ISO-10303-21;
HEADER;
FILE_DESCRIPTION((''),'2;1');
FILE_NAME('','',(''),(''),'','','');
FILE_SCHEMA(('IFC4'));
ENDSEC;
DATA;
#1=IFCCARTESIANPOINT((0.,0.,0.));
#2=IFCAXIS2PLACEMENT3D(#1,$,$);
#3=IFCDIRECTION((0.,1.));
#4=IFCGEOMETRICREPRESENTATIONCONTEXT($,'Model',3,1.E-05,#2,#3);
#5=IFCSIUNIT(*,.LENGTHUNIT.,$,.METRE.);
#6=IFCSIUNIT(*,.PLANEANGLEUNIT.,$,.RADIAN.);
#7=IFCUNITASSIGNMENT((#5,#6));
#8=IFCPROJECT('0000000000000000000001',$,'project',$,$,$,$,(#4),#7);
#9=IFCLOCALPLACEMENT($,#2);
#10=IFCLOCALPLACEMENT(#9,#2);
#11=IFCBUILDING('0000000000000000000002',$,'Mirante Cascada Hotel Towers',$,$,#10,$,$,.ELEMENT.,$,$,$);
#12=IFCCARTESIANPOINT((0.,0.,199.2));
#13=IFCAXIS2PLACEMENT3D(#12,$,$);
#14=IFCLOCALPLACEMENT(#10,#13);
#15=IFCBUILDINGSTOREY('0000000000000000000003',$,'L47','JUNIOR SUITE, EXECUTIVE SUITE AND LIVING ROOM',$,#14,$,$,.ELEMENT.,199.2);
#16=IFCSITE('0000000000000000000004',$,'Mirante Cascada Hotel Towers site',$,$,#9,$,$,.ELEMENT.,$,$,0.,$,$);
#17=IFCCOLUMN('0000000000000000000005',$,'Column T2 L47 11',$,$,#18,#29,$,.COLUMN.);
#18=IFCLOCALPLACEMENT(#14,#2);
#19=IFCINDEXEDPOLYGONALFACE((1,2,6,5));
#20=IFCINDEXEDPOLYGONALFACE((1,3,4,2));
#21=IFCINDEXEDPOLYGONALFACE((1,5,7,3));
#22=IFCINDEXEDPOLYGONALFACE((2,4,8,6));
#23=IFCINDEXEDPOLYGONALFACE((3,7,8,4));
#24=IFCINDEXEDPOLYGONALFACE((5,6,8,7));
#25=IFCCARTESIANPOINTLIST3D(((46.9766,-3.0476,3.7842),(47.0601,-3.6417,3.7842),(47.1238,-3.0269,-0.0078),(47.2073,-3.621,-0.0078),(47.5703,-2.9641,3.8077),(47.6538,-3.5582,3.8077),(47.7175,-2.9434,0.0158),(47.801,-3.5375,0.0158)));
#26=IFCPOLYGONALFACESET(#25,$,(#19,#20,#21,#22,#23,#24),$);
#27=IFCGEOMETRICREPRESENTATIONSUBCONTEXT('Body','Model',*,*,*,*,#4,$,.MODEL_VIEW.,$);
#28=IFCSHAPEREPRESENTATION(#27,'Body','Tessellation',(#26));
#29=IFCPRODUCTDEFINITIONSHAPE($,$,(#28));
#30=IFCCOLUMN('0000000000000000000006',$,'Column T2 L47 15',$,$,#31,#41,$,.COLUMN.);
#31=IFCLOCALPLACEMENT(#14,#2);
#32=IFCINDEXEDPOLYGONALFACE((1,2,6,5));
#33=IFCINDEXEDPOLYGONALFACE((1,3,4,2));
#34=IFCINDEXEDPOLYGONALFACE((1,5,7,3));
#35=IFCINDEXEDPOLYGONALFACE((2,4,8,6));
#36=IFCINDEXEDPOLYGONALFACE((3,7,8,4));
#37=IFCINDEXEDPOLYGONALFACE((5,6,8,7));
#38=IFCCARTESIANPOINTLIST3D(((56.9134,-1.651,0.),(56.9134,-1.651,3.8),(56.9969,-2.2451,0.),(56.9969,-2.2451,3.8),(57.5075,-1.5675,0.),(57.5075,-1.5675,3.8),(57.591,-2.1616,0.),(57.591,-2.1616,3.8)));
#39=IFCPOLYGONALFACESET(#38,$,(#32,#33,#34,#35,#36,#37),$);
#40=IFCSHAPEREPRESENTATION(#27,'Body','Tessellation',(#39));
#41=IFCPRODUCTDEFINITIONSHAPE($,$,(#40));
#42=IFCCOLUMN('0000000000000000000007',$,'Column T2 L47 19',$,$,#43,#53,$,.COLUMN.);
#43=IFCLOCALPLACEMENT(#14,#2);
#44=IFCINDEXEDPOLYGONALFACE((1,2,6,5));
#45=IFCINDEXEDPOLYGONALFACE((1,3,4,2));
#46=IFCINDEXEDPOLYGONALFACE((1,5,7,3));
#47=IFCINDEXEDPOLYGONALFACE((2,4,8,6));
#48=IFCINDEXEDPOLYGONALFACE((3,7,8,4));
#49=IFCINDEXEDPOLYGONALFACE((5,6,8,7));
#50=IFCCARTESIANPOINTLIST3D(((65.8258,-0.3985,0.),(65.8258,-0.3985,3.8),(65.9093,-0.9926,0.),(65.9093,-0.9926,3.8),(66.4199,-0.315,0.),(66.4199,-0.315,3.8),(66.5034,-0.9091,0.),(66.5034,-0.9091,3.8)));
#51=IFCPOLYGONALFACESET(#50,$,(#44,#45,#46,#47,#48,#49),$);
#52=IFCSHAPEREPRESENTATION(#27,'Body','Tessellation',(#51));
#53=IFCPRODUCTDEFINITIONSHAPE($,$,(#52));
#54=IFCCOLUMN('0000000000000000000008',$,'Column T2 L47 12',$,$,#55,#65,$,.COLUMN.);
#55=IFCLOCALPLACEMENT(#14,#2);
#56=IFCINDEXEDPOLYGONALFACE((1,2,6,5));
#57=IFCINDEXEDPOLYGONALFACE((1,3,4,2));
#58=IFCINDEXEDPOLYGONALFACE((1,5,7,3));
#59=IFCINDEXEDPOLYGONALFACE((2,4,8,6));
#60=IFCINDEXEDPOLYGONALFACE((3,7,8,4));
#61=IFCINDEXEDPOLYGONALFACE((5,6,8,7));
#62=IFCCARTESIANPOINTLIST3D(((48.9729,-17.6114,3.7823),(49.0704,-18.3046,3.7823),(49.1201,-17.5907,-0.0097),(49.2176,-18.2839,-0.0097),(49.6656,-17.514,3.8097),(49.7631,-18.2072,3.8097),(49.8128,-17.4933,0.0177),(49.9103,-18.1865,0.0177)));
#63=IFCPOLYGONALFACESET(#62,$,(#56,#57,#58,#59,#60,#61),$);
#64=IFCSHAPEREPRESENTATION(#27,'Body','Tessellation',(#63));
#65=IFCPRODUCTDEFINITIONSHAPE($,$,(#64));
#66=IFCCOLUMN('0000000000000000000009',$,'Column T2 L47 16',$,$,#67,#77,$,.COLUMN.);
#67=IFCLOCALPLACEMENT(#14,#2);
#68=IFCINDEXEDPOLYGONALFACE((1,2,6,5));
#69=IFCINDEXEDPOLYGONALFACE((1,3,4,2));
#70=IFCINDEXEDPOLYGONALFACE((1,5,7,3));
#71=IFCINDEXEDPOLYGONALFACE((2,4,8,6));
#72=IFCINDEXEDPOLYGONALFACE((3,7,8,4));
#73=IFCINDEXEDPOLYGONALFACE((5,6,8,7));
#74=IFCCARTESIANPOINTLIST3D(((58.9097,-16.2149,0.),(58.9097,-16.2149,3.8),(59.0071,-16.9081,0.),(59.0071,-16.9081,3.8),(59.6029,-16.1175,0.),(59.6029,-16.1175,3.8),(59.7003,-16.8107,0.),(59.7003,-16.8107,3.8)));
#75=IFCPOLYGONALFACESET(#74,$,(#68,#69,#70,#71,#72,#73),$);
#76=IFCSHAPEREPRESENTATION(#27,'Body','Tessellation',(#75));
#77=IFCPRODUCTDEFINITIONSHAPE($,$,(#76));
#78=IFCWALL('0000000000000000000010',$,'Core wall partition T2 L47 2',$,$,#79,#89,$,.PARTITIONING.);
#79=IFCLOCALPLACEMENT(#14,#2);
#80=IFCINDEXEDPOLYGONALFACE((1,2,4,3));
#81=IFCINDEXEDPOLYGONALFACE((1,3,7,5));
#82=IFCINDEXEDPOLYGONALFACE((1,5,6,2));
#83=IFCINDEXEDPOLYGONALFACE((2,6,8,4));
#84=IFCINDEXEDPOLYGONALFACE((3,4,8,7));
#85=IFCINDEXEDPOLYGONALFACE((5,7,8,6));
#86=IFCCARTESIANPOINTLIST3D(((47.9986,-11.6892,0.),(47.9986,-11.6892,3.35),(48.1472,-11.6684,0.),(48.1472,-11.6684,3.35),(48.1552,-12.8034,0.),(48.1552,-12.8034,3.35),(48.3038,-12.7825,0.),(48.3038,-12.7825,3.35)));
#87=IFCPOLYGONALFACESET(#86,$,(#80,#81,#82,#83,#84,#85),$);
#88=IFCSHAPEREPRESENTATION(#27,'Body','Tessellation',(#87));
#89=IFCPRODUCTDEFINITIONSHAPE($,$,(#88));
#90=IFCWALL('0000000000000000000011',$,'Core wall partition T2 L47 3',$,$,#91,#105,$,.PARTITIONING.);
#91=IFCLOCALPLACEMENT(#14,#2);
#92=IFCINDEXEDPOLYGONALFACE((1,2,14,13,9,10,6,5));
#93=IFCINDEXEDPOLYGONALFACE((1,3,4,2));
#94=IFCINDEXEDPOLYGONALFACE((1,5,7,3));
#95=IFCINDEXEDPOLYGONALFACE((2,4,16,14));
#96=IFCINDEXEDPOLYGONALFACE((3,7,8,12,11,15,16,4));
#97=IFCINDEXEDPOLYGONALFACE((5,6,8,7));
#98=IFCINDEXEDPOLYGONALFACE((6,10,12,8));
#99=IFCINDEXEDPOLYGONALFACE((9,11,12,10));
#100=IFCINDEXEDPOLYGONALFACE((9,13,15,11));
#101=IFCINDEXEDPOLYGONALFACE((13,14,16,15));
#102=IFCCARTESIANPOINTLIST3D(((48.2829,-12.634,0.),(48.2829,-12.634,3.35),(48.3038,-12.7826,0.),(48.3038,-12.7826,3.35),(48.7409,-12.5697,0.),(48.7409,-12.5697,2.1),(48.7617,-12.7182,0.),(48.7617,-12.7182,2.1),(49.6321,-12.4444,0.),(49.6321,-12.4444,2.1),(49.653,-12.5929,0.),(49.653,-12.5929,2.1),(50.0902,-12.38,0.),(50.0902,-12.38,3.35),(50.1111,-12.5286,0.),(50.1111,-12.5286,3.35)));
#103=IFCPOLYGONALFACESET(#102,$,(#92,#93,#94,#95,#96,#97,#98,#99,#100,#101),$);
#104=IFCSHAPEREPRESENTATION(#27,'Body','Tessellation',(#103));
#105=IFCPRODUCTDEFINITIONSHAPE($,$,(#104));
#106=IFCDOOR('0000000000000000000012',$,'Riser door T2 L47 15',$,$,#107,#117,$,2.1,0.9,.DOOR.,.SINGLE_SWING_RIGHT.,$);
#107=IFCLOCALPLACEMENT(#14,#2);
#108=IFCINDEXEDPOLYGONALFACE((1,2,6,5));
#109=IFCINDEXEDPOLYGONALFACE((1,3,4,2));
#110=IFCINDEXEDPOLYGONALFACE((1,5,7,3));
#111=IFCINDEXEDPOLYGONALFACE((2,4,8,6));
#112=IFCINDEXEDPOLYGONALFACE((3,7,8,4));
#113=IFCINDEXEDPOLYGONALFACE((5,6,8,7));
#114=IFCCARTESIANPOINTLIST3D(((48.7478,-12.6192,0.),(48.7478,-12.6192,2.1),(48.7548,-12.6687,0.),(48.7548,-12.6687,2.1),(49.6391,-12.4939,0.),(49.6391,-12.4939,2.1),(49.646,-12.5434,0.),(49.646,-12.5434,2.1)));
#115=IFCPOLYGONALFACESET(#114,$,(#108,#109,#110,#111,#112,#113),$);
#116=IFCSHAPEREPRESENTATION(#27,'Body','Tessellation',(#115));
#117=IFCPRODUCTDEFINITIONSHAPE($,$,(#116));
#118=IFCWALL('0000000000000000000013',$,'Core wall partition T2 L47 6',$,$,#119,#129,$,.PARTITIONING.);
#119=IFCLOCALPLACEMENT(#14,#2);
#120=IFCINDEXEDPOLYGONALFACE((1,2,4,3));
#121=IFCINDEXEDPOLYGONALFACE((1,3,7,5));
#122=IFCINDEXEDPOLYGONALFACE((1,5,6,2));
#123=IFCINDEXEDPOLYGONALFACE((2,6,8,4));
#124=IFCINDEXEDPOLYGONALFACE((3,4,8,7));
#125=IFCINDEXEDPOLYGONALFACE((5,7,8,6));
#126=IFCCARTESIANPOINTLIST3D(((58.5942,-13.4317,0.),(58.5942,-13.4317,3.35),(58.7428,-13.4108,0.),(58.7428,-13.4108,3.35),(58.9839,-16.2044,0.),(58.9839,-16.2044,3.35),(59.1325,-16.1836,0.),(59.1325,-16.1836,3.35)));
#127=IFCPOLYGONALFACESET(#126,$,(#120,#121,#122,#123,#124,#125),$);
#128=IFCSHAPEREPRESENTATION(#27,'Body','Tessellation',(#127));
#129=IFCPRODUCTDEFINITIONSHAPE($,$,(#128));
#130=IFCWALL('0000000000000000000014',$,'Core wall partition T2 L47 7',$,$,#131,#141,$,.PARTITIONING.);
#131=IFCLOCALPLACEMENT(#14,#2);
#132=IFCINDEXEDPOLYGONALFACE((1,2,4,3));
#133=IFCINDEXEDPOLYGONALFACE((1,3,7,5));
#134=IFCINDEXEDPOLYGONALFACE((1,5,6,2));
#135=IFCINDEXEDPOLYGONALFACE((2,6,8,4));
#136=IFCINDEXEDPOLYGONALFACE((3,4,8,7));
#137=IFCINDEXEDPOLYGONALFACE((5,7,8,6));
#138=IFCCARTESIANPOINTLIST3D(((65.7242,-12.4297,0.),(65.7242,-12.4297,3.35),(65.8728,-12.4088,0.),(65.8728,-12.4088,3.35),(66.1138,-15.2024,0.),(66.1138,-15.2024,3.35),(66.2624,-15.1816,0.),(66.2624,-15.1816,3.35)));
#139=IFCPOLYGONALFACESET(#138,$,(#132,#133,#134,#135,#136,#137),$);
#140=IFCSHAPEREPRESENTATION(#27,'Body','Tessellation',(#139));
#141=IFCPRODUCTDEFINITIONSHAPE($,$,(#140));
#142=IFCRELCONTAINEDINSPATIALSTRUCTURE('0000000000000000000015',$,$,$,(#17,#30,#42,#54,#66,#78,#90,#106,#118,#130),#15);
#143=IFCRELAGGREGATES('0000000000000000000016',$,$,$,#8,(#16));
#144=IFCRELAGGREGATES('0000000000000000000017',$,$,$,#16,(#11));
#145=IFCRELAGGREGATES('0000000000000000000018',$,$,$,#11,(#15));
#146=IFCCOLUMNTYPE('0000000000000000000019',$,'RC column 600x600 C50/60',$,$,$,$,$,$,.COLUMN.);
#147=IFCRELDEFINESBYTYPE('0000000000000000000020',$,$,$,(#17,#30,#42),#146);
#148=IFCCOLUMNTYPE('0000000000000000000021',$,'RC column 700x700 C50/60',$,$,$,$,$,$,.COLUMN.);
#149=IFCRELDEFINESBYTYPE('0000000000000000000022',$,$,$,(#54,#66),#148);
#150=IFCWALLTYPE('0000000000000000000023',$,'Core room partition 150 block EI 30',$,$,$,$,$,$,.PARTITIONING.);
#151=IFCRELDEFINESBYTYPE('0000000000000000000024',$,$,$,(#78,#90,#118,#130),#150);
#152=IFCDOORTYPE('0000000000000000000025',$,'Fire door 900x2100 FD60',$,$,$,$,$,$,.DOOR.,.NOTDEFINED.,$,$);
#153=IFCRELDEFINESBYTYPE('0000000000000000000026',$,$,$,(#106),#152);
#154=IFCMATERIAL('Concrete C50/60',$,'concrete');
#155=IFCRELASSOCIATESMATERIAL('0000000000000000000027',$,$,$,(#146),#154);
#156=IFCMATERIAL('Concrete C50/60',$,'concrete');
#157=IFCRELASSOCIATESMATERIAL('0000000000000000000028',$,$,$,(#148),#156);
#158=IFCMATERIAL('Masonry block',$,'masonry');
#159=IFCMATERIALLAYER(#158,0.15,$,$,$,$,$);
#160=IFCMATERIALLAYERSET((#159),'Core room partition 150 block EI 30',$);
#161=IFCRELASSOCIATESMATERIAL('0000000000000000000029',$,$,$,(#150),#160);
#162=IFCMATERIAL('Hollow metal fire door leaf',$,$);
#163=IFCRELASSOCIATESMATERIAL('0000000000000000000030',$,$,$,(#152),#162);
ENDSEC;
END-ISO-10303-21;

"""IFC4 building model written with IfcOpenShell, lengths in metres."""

from ifc_helpers import new_model, si_unit, direction, frame, frame_2d, origin, origin_2d, place, context, subcontext, project, spatial, rectangle, extrude, material, layer, layer_set, material_profile, profile_set, type_object, element, fill, save


model = new_model("IFC4")

# Units and contexts
model_context = context("Model", 3, precision=1e-05, world=origin(), true_north=direction((0.0, 1.0)))
body_context = subcontext(model_context, "Body", "Model", "MODEL_VIEW")
ifc_project = project(units=[si_unit("LENGTHUNIT", "METRE"), si_unit("PLANEANGLEUNIT", "RADIAN")], contexts=[model_context])

# Site, building, storey
site_placement = place(None, origin())
site = spatial("IfcSite", under=ifc_project, at=site_placement, Name="Mirante Cascada Hotel Towers site", CompositionType="ELEMENT", RefElevation=0.0)
building_placement = place(site_placement, origin())
building = spatial("IfcBuilding", under=site, at=building_placement, Name="Mirante Cascada Hotel Towers", CompositionType="ELEMENT")
storey_placement = place(building_placement, frame((0.0, 0.0, 199.2)))
storey = spatial("IfcBuildingStorey", under=building, at=storey_placement, Name="L47", Description="JUNIOR SUITE, EXECUTIVE SUITE AND LIVING ROOM", CompositionType="ELEMENT", Elevation=199.2)

# Columns
ifc_material_1 = material(Name="Concrete C50/60", Category="concrete")
ifc_material_profile_1 = material_profile(ifc_material_1, rectangle(XDim=0.6, YDim=0.6, at=origin_2d()), Name="RC column 600x600 C50/60")
ifc_profile_set_1 = profile_set([ifc_material_profile_1], Name="Concrete C50/60")
column_type_1 = type_object("IfcColumnType", Name="RC column 600x600 C50/60", PredefinedType="COLUMN", material=ifc_profile_set_1)
column_1_placement = place(storey_placement, frame((47.4624, -3.2822, 0.004), z_axis=(-0.038789, -0.005455, 0.999232), x_axis=(0.139255, -0.990257, 0.0)))
element("IfcColumn", 1, at=column_1_placement, inside=storey, type_object=column_type_1, Name="Column T2 L47 11", PredefinedType="COLUMN", context=body_context, shape_type="SweptSolid", body=[
    extrude(rectangle(XDim=0.6, YDim=0.6, at=origin_2d()), origin(), (0.0, 0.0, 1.0), 3.7949),
])
for number, where, z_axis, x_axis, name in (
    (2, (57.2522, -1.9063, 0.0), (0.0, 0.0, 1.0), (0.990268, 0.139173, 0.0), "Column T2 L47 15"),
    (3, (66.1646, -0.6538, 0.0), (0.0, 0.0, 1.0), (0.990268, 0.139173, 0.0), "Column T2 L47 19"),
):
    element("IfcColumn", number, at=place(storey_placement, frame(where, z_axis=z_axis, x_axis=x_axis)), inside=storey, type_object=column_type_1, Name=name, PredefinedType="COLUMN", context=body_context, shape_type="SweptSolid", body=[
        extrude(rectangle(XDim=0.6, YDim=0.6, at=origin_2d()), origin(), (0.0, 0.0, 1.0), 3.8),
    ])
ifc_material_2 = material(Name="Concrete C50/60", Category="concrete")
ifc_material_profile_2 = material_profile(ifc_material_2, rectangle(XDim=0.7, YDim=0.7, at=origin_2d()), Name="RC column 700x700 C50/60")
ifc_profile_set_2 = profile_set([ifc_material_profile_2], Name="Concrete C50/60")
column_type_2 = type_object("IfcColumnType", Name="RC column 700x700 C50/60", PredefinedType="COLUMN", material=ifc_profile_set_2)
column_2_placement = place(storey_placement, frame((49.5152, -17.8886, 0.004), z_axis=(-0.038789, -0.005455, 0.999232), x_axis=(0.139255, -0.990257, 0.0)))
element("IfcColumn", 4, at=column_2_placement, inside=storey, type_object=column_type_2, Name="Column T2 L47 12", PredefinedType="COLUMN", context=body_context, shape_type="SweptSolid", body=[
    extrude(rectangle(XDim=0.7, YDim=0.7, at=origin_2d()), origin(), (0.0, 0.0, 1.0), 3.7949),
])
column_3_placement = place(storey_placement, frame((59.305, -16.5128, 0.0), z_axis=(0.0, 0.0, 1.0), x_axis=(0.990268, 0.139173, 0.0)))
element("IfcColumn", 5, at=column_3_placement, inside=storey, type_object=column_type_2, Name="Column T2 L47 16", PredefinedType="COLUMN", context=body_context, shape_type="SweptSolid", body=[
    extrude(rectangle(XDim=0.7, YDim=0.7, at=origin_2d()), origin(), (0.0, 0.0, 1.0), 3.8),
])

# Wall
ifc_material_3 = material(Name="Masonry block", Category="masonry")
ifc_layer_1 = layer(ifc_material_3, 0.15)
ifc_layer_set_1 = layer_set([ifc_layer_1], Name="Core room partition 150 block EI 30")
wall_type_1 = type_object("IfcWallType", Name="Core room partition 150 block EI 30", PredefinedType="PARTITIONING", material=ifc_layer_set_1)
wall_1_placement = place(storey_placement, frame((48.2295, -12.793, 0.0), z_axis=(0.0, 0.0, 1.0), x_axis=(-0.139193, 0.990265, 0.0)))
element("IfcWall", 6, at=wall_1_placement, inside=storey, type_object=wall_type_1, Name="Core wall partition T2 L47 2", PredefinedType="PARTITIONING", context=body_context, shape_type="SweptSolid", body=[
    extrude(rectangle(XDim=1.1251, YDim=0.15, at=frame_2d((0.5626, 0.0))), origin(), (0.0, 0.0, 1.0), 3.35),
])

# Wall, opening, door
wall_2_placement = place(storey_placement, frame((48.2933, -12.7083, 0.0), z_axis=(0.0, 0.0, 1.0), x_axis=(0.990268, 0.139173, 0.0)))
wall_2 = element("IfcWall", 7, at=wall_2_placement, inside=storey, type_object=wall_type_1, Name="Core wall partition T2 L47 3", PredefinedType="PARTITIONING", context=body_context, shape_type="SweptSolid", body=[
    extrude(rectangle(XDim=1.8251, YDim=0.15, at=frame_2d((0.9126, 0.0))), origin(), (0.0, 0.0, 1.0), 3.35),
])
opening_1_placement = place(wall_2_placement, frame((0.4625, 0.0, 0.0)))
opening_1 = element("IfcOpeningElement", 8, at=opening_1_placement, cuts=wall_2, PredefinedType="OPENING", context=body_context, shape_type="SweptSolid", body=[
    extrude(rectangle(XDim=0.9, YDim=2.1, at=frame_2d((0.45, 1.05))), frame((0.0, 0.075, 0.0), z_axis=(0.0, -1.0, 0.0), x_axis=(1.0, 0.0, 0.0)), (0.0, 0.0, 1.0), 0.15),
])
ifc_material_4 = material(Name="Hollow metal fire door leaf")
door_type_1 = type_object("IfcDoorType", Name="Fire door 900x2100 FD60", OperationType="NOTDEFINED", PredefinedType="DOOR", material=ifc_material_4)
door_1_placement = place(opening_1_placement, frame((0.9, 0.0, 0.0), z_axis=(0.0, 0.0, 1.0), x_axis=(-1.0, 0.0, 0.0)))
door_1 = element("IfcDoor", 9, at=door_1_placement, inside=storey, type_object=door_type_1, Name="Riser door T2 L47 15", OperationType="SINGLE_SWING_RIGHT", OverallHeight=2.1, OverallWidth=0.9, PredefinedType="DOOR", context=body_context, shape_type="SweptSolid", body=[
    extrude(rectangle(XDim=0.9, YDim=2.1, at=frame_2d((0.45, 1.05))), frame((0.0, 0.025, 0.0), z_axis=(0.0, -1.0, 0.0), x_axis=(1.0, 0.0, 0.0)), (0.0, 0.0, 1.0), 0.05),
])
fill(opening_1, door_1)

# Walls
for number, where, z_axis, x_axis, name in (
    (10, (59.0582, -16.194, 0.0), (0.0, 0.0, 1.0), (-0.139181, 0.990267, 0.0), "Core wall partition T2 L47 6"),
    (11, (66.1881, -15.192, 0.0), (0.0, 0.0, 1.0), (-0.139141, 0.990273, 0.0), "Core wall partition T2 L47 7"),
):
    element("IfcWall", number, at=place(storey_placement, frame(where, z_axis=z_axis, x_axis=x_axis)), inside=storey, type_object=wall_type_1, Name=name, PredefinedType="PARTITIONING", context=body_context, shape_type="SweptSolid", body=[
        extrude(rectangle(XDim=2.8, YDim=0.15, at=frame_2d((1.4, 0.0))), origin(), (0.0, 0.0, 1.0), 3.35),
    ])

save(model, "model.ifc")
